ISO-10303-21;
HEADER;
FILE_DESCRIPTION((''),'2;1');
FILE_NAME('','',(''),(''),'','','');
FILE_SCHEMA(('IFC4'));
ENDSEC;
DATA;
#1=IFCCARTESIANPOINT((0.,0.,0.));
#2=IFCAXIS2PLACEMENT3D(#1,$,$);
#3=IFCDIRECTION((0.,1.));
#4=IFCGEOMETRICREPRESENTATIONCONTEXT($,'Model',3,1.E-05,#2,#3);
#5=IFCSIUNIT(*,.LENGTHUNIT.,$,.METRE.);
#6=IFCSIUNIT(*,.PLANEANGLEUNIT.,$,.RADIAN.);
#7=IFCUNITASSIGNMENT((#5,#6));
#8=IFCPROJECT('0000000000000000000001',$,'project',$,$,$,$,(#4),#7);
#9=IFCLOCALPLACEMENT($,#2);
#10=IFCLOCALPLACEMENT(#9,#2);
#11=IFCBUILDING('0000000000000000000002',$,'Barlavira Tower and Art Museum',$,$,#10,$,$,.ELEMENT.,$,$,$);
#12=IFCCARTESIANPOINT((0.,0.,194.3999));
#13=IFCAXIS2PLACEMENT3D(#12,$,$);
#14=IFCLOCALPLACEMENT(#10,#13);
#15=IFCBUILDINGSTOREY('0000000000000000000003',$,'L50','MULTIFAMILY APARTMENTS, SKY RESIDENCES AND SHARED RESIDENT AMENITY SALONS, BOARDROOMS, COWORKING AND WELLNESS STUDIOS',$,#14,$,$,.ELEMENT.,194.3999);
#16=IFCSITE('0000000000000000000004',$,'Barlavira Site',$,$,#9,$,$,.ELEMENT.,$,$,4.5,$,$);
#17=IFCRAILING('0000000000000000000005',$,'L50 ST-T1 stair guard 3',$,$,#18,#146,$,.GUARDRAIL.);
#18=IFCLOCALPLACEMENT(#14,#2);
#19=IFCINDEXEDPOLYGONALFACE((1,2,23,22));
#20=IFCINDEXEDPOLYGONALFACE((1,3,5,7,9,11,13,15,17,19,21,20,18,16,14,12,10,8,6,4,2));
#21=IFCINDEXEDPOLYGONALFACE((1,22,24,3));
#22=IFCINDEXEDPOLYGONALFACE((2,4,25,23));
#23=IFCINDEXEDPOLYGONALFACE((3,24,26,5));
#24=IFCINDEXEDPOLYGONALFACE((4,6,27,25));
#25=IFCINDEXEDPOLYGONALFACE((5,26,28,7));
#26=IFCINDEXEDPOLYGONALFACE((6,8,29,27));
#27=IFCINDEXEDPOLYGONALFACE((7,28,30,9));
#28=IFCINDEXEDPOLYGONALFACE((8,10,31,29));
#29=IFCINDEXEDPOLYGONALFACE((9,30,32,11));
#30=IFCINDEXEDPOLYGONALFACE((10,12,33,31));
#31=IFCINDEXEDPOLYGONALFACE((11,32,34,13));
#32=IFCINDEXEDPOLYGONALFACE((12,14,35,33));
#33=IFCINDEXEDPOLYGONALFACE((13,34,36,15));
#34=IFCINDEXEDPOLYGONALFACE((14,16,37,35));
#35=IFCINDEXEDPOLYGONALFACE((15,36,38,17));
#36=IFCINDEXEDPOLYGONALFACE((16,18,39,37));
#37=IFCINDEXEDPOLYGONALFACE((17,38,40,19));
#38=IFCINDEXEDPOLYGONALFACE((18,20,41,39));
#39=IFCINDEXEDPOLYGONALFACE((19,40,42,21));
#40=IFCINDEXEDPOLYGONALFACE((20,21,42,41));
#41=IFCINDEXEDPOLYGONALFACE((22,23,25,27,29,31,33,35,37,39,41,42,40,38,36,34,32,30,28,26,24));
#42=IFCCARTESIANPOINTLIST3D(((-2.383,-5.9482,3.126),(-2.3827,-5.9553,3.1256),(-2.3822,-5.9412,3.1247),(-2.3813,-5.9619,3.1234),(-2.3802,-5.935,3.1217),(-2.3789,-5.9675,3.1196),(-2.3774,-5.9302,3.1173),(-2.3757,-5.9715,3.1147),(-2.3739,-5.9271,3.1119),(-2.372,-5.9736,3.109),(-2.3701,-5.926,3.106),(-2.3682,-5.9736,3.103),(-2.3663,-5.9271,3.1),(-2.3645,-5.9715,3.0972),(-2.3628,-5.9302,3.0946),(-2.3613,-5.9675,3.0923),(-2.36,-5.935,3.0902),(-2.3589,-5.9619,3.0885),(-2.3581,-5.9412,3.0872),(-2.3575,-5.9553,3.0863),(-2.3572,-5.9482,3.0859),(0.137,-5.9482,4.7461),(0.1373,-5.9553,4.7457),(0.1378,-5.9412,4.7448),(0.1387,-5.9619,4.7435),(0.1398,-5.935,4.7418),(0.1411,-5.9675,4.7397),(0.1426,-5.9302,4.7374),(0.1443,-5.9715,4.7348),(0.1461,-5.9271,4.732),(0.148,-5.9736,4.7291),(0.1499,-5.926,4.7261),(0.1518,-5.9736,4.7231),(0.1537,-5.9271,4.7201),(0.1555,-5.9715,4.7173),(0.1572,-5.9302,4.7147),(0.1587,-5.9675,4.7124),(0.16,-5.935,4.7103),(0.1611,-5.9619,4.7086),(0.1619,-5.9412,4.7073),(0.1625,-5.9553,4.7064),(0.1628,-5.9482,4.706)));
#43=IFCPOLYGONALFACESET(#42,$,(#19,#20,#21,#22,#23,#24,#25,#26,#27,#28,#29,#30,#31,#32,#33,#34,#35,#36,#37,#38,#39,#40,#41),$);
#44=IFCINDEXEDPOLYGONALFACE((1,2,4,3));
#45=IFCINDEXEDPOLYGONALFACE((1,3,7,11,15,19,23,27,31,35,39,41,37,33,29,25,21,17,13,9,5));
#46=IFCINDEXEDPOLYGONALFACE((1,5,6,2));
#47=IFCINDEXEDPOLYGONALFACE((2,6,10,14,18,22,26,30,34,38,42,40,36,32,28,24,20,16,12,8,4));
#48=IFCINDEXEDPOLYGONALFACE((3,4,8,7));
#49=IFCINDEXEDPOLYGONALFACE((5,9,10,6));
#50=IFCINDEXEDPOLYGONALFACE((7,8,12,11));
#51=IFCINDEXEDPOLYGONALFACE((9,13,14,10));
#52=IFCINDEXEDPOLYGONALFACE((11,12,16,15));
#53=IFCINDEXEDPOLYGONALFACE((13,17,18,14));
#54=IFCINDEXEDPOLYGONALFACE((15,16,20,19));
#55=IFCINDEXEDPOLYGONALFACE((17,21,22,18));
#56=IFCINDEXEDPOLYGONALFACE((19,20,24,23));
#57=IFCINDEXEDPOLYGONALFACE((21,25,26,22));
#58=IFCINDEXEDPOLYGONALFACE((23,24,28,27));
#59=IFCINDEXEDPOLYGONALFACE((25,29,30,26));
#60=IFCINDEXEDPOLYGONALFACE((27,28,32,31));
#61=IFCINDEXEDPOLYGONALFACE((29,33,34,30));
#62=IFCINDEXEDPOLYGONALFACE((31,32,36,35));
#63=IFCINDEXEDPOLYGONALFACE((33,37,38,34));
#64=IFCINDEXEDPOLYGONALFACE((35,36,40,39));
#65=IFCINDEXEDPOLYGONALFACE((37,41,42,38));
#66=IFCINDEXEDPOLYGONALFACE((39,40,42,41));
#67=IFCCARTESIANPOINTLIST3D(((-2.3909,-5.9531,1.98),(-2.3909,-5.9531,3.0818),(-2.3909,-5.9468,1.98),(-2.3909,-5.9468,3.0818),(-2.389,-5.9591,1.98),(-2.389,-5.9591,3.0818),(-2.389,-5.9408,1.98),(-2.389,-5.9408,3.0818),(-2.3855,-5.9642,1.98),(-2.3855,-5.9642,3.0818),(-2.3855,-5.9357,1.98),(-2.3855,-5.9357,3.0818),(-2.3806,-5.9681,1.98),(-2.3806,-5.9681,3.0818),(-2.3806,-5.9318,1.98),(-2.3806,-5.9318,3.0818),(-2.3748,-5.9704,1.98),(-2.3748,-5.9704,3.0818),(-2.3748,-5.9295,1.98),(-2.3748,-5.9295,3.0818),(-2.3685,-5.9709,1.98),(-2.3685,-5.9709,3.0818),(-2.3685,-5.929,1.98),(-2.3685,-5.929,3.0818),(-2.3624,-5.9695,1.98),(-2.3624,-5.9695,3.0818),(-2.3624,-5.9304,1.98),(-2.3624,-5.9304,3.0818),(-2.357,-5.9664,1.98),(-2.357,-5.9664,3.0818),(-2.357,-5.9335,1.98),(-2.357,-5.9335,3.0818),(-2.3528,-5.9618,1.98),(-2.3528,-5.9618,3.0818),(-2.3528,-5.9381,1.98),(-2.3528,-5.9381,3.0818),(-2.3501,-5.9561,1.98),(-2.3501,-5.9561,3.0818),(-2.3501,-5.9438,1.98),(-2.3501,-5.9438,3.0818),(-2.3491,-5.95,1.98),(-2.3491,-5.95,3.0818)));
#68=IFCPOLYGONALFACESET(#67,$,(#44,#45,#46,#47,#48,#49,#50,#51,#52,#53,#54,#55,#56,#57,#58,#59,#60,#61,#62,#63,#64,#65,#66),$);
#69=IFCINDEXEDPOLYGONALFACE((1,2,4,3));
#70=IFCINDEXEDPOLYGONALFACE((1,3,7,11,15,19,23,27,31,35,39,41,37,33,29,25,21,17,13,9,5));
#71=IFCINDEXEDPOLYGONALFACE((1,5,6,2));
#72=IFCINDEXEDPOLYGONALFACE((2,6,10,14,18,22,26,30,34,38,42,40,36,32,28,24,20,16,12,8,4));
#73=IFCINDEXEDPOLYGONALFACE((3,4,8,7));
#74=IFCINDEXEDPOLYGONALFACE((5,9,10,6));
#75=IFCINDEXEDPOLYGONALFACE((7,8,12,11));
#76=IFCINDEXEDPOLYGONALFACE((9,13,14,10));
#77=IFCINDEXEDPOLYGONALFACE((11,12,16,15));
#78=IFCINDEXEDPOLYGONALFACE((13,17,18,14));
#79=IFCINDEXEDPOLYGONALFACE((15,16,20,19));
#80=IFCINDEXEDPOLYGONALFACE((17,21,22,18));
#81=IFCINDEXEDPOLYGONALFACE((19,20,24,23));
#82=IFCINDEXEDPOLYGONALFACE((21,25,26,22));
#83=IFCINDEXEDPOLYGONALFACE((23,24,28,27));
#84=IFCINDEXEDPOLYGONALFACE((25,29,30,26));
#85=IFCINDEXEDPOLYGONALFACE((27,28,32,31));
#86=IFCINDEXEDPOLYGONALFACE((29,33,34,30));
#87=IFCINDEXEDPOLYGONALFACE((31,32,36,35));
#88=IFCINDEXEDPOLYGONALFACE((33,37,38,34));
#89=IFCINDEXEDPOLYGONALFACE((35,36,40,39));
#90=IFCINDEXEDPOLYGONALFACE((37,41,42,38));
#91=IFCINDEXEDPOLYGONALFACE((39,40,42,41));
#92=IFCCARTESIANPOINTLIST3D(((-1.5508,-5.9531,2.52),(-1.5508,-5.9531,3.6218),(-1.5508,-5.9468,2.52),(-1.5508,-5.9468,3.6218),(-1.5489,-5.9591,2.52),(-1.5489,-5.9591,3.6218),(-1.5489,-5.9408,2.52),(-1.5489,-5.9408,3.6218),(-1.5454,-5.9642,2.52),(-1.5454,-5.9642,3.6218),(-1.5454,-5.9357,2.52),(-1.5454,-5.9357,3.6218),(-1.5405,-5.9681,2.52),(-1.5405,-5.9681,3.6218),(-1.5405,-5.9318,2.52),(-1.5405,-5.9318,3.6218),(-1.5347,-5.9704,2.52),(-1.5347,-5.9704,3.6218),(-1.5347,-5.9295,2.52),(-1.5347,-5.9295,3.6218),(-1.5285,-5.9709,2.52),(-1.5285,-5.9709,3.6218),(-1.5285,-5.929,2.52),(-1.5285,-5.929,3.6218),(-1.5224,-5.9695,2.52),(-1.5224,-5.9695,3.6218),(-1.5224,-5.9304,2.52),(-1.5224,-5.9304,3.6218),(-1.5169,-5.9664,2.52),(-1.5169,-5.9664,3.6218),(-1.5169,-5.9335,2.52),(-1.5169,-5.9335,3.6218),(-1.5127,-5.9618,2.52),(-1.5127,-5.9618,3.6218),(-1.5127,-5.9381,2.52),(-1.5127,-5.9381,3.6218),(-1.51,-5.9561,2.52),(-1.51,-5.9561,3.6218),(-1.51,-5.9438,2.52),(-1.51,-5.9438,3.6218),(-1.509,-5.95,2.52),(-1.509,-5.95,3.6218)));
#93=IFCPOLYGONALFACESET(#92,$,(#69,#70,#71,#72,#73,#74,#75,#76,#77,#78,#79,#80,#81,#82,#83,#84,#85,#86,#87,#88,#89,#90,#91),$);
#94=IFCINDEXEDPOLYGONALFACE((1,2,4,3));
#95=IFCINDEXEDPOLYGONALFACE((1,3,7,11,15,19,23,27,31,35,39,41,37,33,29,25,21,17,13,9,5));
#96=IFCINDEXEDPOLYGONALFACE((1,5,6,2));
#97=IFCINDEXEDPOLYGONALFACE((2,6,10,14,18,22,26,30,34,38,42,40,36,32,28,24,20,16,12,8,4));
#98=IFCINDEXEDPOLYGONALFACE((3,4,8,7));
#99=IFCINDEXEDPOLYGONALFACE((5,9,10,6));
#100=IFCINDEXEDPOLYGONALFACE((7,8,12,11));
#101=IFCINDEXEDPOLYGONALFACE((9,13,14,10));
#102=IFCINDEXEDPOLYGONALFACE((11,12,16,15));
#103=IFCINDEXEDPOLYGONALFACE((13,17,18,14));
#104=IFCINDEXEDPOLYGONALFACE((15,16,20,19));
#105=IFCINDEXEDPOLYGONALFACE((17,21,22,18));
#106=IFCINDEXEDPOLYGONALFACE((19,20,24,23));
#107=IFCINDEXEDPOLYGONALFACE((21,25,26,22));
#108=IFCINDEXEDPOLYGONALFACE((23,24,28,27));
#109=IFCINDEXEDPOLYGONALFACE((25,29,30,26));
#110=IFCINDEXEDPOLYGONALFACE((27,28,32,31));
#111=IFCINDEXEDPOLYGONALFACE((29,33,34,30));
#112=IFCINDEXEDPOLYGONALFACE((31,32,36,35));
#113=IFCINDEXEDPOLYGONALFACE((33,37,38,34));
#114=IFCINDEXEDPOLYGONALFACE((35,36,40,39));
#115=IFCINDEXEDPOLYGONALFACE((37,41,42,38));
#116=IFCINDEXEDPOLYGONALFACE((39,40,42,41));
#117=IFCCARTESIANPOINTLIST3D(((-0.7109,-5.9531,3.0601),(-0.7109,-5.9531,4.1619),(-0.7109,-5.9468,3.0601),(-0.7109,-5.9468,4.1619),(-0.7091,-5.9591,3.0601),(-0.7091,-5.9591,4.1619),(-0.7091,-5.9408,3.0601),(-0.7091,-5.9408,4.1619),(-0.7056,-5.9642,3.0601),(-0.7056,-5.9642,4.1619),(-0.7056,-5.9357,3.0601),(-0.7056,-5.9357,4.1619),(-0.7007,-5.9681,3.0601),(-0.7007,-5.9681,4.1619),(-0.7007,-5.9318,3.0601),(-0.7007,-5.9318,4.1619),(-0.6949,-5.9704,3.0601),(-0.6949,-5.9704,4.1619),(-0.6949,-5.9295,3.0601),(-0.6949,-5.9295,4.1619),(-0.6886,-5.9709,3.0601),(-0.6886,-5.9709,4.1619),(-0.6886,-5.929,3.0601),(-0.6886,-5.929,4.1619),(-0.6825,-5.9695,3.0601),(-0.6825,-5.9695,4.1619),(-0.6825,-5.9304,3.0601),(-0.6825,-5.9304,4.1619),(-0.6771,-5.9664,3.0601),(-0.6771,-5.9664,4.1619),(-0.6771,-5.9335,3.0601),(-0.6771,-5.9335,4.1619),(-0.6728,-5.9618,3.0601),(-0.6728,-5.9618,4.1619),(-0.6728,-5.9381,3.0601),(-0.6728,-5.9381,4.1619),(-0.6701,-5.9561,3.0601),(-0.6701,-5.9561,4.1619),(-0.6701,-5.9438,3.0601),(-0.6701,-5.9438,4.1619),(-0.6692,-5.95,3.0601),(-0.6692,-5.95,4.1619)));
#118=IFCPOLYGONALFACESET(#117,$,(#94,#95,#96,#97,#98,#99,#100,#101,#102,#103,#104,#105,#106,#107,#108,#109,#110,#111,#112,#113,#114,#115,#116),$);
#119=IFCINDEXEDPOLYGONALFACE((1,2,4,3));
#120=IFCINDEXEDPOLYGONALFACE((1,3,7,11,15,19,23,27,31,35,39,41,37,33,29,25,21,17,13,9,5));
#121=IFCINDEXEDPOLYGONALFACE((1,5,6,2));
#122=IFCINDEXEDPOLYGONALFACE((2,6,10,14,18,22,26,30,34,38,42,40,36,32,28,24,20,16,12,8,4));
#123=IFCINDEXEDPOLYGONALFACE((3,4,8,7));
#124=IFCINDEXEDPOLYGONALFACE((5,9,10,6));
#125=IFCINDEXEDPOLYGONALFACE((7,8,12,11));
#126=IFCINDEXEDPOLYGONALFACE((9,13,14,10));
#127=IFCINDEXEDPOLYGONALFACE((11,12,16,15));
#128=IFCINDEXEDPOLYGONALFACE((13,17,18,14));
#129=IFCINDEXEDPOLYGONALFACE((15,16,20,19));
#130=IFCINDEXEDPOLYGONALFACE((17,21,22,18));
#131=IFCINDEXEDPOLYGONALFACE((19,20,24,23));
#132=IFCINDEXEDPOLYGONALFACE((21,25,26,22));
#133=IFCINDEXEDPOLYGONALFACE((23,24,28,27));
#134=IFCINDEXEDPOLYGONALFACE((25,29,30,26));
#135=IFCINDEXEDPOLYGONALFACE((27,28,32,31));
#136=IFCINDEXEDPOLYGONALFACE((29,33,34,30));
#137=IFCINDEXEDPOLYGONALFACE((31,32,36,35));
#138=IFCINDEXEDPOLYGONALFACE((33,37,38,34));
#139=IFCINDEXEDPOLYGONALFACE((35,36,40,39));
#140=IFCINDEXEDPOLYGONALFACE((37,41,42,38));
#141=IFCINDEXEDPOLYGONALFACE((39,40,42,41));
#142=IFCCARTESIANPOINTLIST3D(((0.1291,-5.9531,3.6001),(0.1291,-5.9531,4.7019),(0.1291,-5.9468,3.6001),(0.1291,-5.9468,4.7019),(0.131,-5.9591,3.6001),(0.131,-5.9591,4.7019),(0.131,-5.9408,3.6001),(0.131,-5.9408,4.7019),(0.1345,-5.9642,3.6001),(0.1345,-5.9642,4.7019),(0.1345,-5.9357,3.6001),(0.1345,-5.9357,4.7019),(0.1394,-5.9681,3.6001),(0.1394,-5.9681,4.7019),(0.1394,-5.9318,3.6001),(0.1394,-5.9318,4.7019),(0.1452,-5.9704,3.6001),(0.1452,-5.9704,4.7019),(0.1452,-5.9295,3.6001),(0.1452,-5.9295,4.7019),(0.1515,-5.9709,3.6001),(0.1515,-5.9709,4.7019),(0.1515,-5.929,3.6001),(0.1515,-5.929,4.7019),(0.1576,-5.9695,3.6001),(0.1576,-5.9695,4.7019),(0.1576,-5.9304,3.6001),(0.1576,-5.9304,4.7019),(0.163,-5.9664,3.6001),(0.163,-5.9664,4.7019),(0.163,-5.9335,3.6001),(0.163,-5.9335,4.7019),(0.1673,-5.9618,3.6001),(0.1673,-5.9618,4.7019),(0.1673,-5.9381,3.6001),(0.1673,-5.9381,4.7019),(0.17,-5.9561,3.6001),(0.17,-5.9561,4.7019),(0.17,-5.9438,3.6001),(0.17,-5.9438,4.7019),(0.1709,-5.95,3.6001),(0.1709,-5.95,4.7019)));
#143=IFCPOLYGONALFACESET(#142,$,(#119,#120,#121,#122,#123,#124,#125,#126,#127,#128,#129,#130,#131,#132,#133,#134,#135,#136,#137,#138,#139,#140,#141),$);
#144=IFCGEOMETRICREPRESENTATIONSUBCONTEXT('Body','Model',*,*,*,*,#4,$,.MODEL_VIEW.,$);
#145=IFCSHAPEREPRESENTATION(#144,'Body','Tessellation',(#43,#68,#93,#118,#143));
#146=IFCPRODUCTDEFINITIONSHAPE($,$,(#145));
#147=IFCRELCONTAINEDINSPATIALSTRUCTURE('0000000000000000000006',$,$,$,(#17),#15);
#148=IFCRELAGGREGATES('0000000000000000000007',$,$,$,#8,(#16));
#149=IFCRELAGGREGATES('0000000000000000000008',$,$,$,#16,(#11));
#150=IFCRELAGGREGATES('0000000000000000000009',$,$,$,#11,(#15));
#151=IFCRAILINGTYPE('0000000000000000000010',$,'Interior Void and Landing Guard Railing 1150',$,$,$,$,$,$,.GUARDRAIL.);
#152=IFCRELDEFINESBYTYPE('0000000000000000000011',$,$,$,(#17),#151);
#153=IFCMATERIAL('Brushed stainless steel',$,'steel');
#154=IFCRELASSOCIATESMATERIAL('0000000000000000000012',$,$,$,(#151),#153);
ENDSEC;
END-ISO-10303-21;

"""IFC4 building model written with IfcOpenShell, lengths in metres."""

from ifc_helpers import new_model, si_unit, direction, frame, origin, origin_2d, place, context, subcontext, project, spatial, circle, extrude, material, type_object, element, save


model = new_model("IFC4")

# Units and contexts
model_context = context("Model", 3, precision=1e-05, world=origin(), true_north=direction((0.0, 1.0)))
body_context = subcontext(model_context, "Body", "Model", "MODEL_VIEW")
ifc_project = project(units=[si_unit("LENGTHUNIT", "METRE"), si_unit("PLANEANGLEUNIT", "RADIAN")], contexts=[model_context])

# Site, building, storey
site_placement = place(None, origin())
site = spatial("IfcSite", under=ifc_project, at=site_placement, Name="Barlavira Site", CompositionType="ELEMENT", RefElevation=4.5)
building_placement = place(site_placement, origin())
building = spatial("IfcBuilding", under=site, at=building_placement, Name="Barlavira Tower and Art Museum", CompositionType="ELEMENT")
storey_placement = place(building_placement, frame((0.0, 0.0, 194.3999)))
storey = spatial("IfcBuildingStorey", under=building, at=storey_placement, Name="L50", Description="MULTIFAMILY APARTMENTS, SKY RESIDENCES AND SHARED RESIDENT AMENITY SALONS, BOARDROOMS, COWORKING AND WELLNESS STUDIOS", CompositionType="ELEMENT", Elevation=194.3999)

# Shared definitions
ifc_material_1 = material(Name="Brushed stainless steel", Category="steel")

# Railing
railing_type_1 = type_object("IfcRailingType", Name="Interior Void and Landing Guard Railing 1150", PredefinedType="GUARDRAIL", material=ifc_material_1)
railing_1_placement = place(storey_placement, frame((-2.3701, -5.95, 1.98)))
element("IfcRailing", 1, at=railing_1_placement, inside=storey, type_object=railing_type_1, Name="L50 ST-T1 stair guard 3", PredefinedType="GUARDRAIL", context=body_context, shape_type="SweptSolid", body=[
    extrude(circle(Radius=0.0239, at=origin_2d()), frame((0.0, 0.0, 1.126), z_axis=(0.841163, 0.0, 0.540782), x_axis=(0.0, 1.0, 0.0)), (0.0, 0.0, 1.0), 2.9958),
    extrude(circle(Radius=0.021, at=origin_2d()), origin(), (0.0, 0.0, 1.0), 1.1018),
    extrude(circle(Radius=0.021, at=origin_2d()), frame((0.8401, 0.0, 0.54)), (0.0, 0.0, 1.0), 1.1018),
    extrude(circle(Radius=0.021, at=origin_2d()), frame((1.6799, 0.0, 1.0801)), (0.0, 0.0, 1.0), 1.1018),
    extrude(circle(Radius=0.021, at=origin_2d()), frame((2.52, 0.0, 1.6201)), (0.0, 0.0, 1.0), 1.1018),
])

save(model, "model.ifc")
